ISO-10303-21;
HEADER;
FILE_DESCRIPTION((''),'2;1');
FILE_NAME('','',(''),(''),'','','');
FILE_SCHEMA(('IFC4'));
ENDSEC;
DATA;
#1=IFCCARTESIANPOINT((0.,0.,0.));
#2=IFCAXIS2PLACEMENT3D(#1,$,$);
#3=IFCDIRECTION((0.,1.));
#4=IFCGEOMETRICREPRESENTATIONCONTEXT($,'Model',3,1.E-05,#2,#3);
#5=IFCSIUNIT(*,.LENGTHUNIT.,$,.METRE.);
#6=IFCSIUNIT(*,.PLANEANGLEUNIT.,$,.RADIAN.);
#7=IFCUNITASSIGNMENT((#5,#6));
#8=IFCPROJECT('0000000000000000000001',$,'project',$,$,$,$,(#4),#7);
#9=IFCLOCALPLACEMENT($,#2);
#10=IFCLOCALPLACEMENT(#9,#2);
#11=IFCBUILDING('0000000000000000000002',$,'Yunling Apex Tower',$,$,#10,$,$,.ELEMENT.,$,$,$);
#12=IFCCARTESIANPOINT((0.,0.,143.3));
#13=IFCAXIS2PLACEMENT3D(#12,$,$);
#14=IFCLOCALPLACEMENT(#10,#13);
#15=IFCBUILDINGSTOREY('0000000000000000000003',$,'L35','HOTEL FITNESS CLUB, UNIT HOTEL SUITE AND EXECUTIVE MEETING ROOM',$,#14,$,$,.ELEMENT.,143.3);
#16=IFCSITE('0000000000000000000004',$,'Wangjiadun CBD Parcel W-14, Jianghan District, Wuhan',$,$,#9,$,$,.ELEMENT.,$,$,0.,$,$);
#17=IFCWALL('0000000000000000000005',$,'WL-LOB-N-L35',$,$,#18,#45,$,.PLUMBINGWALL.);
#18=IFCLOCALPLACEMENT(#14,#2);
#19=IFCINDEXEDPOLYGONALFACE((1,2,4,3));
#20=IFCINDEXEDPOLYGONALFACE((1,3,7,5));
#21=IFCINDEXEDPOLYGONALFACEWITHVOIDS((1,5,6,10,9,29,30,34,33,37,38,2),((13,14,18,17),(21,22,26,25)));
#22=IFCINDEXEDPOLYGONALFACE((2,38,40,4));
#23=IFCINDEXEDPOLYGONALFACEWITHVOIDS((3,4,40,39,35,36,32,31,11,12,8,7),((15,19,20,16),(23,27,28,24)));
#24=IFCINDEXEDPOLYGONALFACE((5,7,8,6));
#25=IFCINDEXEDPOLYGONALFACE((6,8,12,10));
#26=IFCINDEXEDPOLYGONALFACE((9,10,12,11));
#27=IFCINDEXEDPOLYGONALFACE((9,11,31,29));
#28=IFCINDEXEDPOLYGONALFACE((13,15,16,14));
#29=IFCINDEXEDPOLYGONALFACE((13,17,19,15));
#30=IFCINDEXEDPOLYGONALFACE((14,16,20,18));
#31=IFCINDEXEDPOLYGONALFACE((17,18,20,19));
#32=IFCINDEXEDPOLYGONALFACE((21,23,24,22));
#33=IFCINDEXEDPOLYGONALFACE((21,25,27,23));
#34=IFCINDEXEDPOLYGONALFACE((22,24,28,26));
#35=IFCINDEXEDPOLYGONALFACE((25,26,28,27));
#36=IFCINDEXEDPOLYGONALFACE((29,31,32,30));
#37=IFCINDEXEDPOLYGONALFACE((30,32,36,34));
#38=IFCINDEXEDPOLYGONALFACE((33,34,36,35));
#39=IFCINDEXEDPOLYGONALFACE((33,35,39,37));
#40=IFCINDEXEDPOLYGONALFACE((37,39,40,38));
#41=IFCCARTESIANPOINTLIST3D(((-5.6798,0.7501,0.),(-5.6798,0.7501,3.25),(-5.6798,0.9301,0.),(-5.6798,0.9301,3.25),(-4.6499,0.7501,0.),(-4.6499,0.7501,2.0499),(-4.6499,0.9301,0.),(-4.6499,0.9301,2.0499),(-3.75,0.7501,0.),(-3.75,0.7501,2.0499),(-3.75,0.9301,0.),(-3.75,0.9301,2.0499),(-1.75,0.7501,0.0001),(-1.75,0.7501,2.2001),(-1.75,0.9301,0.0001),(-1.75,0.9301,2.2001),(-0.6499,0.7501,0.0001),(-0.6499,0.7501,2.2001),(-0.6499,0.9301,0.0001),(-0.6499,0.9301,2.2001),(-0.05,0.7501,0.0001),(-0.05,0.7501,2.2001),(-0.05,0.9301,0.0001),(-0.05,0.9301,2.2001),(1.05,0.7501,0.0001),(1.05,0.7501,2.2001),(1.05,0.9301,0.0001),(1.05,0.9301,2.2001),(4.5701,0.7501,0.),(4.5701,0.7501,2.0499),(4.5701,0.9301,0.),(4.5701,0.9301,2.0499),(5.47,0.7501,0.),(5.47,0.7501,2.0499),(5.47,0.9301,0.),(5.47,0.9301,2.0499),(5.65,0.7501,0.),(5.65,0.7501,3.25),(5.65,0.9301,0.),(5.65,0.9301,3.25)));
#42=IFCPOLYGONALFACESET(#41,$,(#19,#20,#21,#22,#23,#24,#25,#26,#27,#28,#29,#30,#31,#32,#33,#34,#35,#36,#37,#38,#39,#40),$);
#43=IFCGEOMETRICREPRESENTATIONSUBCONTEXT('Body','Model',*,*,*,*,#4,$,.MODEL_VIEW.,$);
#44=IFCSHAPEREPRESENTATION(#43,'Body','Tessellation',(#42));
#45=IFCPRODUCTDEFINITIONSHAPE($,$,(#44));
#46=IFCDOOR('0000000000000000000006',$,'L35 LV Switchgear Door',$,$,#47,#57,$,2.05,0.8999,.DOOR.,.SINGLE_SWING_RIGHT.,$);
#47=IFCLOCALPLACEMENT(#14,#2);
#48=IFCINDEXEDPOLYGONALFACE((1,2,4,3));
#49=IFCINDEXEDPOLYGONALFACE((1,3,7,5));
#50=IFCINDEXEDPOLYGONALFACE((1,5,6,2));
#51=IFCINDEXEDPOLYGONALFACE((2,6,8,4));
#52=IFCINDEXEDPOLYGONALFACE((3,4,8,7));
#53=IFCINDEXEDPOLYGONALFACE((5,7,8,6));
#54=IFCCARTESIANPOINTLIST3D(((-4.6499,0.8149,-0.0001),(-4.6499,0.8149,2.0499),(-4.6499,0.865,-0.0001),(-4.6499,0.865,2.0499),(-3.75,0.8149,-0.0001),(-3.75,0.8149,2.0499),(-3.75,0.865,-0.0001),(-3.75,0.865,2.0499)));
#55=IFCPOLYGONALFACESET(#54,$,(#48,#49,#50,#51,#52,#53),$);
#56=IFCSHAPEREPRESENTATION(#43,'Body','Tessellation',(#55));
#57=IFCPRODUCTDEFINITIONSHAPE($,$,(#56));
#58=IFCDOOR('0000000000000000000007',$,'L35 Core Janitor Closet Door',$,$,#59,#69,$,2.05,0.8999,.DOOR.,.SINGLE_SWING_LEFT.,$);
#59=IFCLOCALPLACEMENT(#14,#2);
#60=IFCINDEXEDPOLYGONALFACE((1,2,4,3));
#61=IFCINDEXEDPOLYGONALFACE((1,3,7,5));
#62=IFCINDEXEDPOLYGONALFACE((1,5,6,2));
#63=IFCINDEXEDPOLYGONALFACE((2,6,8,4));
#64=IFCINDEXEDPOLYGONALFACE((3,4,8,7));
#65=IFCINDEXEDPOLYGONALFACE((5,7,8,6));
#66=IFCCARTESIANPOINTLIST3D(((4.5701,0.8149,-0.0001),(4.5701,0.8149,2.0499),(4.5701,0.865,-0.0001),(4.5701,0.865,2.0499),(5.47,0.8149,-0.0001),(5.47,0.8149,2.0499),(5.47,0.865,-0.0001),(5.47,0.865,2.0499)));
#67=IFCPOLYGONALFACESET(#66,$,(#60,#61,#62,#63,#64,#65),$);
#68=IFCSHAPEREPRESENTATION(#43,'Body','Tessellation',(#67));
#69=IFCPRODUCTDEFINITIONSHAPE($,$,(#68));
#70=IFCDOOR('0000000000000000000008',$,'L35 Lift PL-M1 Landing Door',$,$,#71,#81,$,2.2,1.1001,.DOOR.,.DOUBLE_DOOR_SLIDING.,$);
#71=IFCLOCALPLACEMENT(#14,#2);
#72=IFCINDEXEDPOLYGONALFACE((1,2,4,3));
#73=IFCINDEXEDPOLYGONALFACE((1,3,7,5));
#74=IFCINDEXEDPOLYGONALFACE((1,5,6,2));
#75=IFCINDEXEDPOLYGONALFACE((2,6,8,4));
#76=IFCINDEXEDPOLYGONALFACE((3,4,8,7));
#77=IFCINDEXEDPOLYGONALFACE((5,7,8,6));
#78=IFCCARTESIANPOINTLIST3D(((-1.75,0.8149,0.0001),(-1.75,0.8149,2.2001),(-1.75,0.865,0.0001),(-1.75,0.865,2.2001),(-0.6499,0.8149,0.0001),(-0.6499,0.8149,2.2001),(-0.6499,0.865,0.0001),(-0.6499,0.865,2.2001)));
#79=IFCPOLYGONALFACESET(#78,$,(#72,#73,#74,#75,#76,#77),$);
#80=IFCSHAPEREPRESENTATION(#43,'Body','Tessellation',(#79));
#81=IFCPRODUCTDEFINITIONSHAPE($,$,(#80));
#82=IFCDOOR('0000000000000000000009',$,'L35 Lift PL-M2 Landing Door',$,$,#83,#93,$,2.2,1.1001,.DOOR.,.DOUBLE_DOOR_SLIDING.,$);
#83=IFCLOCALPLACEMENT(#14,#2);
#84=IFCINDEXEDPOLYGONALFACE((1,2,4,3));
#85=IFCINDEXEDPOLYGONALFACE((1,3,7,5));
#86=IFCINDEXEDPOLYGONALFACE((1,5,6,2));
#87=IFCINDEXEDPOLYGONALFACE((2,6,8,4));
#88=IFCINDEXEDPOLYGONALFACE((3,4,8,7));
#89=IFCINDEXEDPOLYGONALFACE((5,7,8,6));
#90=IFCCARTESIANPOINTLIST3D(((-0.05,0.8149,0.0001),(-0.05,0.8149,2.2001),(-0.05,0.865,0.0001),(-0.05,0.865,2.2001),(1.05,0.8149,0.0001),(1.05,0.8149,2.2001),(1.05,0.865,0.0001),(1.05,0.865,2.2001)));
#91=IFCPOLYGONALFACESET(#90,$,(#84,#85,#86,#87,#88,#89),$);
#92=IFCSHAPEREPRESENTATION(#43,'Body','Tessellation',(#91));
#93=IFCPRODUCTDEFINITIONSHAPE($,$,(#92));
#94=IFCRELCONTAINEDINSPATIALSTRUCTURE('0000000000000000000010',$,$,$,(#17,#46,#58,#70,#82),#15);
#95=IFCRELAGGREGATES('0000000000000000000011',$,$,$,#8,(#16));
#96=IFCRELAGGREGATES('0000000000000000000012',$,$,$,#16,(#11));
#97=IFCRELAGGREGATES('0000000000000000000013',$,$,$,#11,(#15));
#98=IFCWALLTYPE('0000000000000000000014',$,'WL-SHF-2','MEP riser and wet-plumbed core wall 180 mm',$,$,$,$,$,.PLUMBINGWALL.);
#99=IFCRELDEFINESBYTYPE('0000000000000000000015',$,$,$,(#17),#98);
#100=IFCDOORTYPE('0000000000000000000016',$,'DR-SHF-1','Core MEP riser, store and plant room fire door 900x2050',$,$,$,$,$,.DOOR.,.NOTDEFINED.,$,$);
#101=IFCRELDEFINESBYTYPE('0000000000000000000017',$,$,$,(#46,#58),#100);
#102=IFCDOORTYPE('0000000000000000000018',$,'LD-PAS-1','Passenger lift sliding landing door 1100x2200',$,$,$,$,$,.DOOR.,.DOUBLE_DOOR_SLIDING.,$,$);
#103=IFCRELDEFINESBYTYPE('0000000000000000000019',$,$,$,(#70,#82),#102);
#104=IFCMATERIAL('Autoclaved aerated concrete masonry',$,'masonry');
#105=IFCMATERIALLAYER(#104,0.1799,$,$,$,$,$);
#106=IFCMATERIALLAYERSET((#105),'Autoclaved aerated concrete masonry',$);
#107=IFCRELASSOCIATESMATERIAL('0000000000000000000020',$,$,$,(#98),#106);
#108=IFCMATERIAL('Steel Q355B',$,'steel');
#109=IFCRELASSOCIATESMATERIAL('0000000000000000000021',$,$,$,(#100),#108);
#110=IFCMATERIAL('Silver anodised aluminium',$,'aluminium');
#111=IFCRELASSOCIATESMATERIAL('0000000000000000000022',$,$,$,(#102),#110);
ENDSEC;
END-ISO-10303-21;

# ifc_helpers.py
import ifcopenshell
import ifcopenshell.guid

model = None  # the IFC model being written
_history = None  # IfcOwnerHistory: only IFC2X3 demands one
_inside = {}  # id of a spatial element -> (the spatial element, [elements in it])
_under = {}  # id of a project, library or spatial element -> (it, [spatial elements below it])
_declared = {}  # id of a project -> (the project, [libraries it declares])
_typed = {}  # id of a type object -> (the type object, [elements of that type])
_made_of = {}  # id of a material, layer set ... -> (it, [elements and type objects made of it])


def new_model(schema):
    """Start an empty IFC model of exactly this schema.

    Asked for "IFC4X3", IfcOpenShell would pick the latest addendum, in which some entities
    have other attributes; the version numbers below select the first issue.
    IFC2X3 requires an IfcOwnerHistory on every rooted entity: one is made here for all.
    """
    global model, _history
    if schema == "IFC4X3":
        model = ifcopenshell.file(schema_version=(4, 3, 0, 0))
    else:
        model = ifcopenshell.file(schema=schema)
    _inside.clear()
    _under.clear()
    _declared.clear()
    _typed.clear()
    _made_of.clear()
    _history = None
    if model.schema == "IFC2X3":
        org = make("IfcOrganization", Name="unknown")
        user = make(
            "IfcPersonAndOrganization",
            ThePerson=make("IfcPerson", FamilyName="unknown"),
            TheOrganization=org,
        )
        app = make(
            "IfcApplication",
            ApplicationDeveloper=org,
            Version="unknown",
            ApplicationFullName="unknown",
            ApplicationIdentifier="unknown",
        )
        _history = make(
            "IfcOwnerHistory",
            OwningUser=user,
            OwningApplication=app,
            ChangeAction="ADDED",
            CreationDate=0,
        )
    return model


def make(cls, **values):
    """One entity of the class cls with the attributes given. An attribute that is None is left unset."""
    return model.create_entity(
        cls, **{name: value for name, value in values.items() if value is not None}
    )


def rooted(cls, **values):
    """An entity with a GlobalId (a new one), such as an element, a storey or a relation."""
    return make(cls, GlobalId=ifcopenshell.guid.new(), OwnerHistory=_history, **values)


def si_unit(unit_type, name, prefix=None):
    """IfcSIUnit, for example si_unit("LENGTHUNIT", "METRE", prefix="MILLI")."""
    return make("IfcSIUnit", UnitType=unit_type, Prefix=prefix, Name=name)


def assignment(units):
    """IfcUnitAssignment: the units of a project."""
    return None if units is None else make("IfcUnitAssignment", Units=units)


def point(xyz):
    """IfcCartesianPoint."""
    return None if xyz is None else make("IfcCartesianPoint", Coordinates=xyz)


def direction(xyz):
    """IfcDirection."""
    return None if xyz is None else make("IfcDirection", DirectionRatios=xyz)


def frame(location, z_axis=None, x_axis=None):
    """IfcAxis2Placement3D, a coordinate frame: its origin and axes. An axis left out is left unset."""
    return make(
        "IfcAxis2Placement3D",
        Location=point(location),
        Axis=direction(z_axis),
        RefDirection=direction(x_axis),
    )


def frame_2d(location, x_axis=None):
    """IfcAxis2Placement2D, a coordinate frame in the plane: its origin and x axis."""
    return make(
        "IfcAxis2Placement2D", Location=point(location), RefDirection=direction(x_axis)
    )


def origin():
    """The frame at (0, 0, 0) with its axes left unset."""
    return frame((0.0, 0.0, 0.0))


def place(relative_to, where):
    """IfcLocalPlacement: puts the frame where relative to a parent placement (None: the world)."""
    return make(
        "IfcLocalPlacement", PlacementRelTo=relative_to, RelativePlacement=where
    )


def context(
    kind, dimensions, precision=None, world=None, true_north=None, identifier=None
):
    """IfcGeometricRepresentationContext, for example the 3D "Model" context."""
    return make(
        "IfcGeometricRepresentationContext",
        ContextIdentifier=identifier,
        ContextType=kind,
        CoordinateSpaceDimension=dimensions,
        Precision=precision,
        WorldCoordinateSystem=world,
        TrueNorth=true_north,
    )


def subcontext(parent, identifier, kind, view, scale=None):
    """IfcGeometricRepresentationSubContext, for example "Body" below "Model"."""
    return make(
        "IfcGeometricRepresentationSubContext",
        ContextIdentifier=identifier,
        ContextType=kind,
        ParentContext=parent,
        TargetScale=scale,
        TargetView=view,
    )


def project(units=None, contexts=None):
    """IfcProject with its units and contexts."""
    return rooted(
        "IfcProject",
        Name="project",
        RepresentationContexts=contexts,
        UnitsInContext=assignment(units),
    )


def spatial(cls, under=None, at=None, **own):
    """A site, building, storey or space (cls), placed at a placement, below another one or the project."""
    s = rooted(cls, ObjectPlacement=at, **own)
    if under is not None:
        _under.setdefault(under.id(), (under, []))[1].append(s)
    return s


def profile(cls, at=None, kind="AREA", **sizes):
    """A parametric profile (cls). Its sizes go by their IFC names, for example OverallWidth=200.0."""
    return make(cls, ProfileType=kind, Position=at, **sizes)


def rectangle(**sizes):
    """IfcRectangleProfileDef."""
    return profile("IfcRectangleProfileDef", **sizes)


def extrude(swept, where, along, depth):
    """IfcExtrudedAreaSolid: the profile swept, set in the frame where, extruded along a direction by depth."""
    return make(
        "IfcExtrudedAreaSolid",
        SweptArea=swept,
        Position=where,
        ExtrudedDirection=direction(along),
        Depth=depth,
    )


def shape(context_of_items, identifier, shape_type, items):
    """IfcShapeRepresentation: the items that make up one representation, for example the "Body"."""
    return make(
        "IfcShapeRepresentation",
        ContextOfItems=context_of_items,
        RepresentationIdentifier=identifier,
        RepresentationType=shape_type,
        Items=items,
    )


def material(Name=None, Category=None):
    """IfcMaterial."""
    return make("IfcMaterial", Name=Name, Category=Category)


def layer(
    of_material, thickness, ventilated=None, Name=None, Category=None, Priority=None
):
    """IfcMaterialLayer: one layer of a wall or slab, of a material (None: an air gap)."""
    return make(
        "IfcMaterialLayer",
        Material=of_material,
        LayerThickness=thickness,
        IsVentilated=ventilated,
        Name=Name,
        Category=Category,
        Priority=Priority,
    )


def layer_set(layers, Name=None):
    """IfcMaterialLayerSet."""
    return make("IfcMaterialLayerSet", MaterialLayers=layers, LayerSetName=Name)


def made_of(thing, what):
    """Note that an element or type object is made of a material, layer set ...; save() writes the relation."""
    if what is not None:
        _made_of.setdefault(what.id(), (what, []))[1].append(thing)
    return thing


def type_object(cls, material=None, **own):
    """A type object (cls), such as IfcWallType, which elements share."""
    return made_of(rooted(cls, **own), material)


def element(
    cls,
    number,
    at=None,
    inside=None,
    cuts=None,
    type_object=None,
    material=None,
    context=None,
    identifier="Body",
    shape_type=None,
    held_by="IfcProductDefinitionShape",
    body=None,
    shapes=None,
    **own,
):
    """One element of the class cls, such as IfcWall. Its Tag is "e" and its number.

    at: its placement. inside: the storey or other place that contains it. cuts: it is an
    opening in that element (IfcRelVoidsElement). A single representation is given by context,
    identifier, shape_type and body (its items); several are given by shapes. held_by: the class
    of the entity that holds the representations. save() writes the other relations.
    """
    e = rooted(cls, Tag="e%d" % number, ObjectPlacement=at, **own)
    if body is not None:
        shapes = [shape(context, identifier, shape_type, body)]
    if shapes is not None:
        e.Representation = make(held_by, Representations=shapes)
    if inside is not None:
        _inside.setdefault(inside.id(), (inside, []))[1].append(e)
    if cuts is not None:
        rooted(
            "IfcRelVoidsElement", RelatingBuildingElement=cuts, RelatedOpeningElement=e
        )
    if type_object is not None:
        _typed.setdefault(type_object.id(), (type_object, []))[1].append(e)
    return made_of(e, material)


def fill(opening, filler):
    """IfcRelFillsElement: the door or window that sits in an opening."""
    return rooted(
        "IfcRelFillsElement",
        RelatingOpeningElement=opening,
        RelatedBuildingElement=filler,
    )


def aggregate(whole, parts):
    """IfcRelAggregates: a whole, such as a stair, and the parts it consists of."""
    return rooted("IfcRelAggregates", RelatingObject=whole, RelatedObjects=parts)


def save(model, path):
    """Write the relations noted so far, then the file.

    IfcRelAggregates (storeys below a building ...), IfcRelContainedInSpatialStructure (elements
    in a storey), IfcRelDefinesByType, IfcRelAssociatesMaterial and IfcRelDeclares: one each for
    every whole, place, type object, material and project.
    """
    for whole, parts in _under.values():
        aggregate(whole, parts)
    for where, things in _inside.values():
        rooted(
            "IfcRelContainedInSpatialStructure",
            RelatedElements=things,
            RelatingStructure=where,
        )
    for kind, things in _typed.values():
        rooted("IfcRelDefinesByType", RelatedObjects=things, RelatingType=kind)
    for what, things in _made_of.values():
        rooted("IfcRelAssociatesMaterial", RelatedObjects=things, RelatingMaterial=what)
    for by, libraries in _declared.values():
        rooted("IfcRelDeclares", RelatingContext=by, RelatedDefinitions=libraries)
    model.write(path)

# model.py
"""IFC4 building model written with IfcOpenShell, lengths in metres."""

from ifc_helpers import new_model, si_unit, direction, frame, frame_2d, origin, place, context, subcontext, project, spatial, rectangle, extrude, material, layer, layer_set, type_object, element, fill, save


model = new_model("IFC4")

# Units and contexts
model_context = context("Model", 3, precision=1e-05, world=origin(), true_north=direction((0.0, 1.0)))
body_context = subcontext(model_context, "Body", "Model", "MODEL_VIEW")
ifc_project = project(units=[si_unit("LENGTHUNIT", "METRE"), si_unit("PLANEANGLEUNIT", "RADIAN")], contexts=[model_context])

# Site, building, storey
site_placement = place(None, origin())
site = spatial("IfcSite", under=ifc_project, at=site_placement, Name="Wangjiadun CBD Parcel W-14, Jianghan District, Wuhan", CompositionType="ELEMENT", RefElevation=0.0)
building_placement = place(site_placement, origin())
building = spatial("IfcBuilding", under=site, at=building_placement, Name="Yunling Apex Tower", CompositionType="ELEMENT")
storey_placement = place(building_placement, frame((0.0, 0.0, 143.3)))
storey = spatial("IfcBuildingStorey", under=building, at=storey_placement, Name="L35", Description="HOTEL FITNESS CLUB, UNIT HOTEL SUITE AND EXECUTIVE MEETING ROOM", CompositionType="ELEMENT", Elevation=143.3)

# Shared definitions
ifc_material_1 = material(Name="Steel Q355B", Category="steel")

# Shared definitions
ifc_material_2 = material(Name="Autoclaved aerated concrete masonry", Category="masonry")

# Wall, openings, doors
ifc_layer_1 = layer(ifc_material_2, 0.1799)
ifc_layer_set_1 = layer_set([ifc_layer_1], Name="Autoclaved aerated concrete masonry")
wall_type_1 = type_object("IfcWallType", Name="WL-SHF-2", Description="MEP riser and wet-plumbed core wall 180 mm", PredefinedType="PLUMBINGWALL", material=ifc_layer_set_1)
wall_1_placement = place(storey_placement, frame((-5.6799, 0.8401, 0.0), z_axis=(0.0, 0.0, 1.0), x_axis=(1.0, 0.0, 0.0)))
wall_1 = element("IfcWall", 1, at=wall_1_placement, inside=storey, type_object=wall_type_1, Name="WL-LOB-N-L35", PredefinedType="PLUMBINGWALL", context=body_context, shape_type="SweptSolid", body=[
    extrude(rectangle(XDim=11.3298, YDim=0.1799, at=frame_2d((5.665, 0.0))), origin(), (0.0, 0.0, 1.0), 3.25),
])
opening_1_placement = place(wall_1_placement, frame((1.03, 0.0, 0.0)))
opening_1 = element("IfcOpeningElement", 2, at=opening_1_placement, cuts=wall_1, PredefinedType="OPENING", context=body_context, shape_type="SweptSolid", body=[
    extrude(rectangle(XDim=0.8999, YDim=2.05, at=frame_2d((0.45, 1.0249))), frame((0.0, 0.1001, 0.0), z_axis=(0.0, -1.0, 0.0), x_axis=(1.0, 0.0, 0.0)), (0.0, 0.0, 1.0), 0.2),
])
opening_2_placement = place(wall_1_placement, frame((3.9299, 0.0, 0.0)))
opening_2 = element("IfcOpeningElement", 3, at=opening_2_placement, cuts=wall_1, PredefinedType="OPENING", context=body_context, shape_type="SweptSolid", body=[
    extrude(rectangle(XDim=1.1001, YDim=2.2, at=frame_2d((0.55, 1.1001))), frame((0.0, 0.1001, 0.0), z_axis=(0.0, -1.0, 0.0), x_axis=(1.0, 0.0, 0.0)), (0.0, 0.0, 1.0), 0.2),
])
opening_3_placement = place(wall_1_placement, frame((5.6299, 0.0, 0.0)))
opening_3 = element("IfcOpeningElement", 4, at=opening_3_placement, cuts=wall_1, PredefinedType="OPENING", context=body_context, shape_type="SweptSolid", body=[
    extrude(rectangle(XDim=1.1001, YDim=2.2, at=frame_2d((0.55, 1.1001))), frame((0.0, 0.1001, 0.0), z_axis=(0.0, -1.0, 0.0), x_axis=(1.0, 0.0, 0.0)), (0.0, 0.0, 1.0), 0.2),
])
opening_4_placement = place(wall_1_placement, frame((10.25, 0.0, 0.0)))
opening_4 = element("IfcOpeningElement", 5, at=opening_4_placement, cuts=wall_1, PredefinedType="OPENING", context=body_context, shape_type="SweptSolid", body=[
    extrude(rectangle(XDim=0.8999, YDim=2.05, at=frame_2d((0.45, 1.0249))), frame((0.0, 0.1001, 0.0), z_axis=(0.0, -1.0, 0.0), x_axis=(1.0, 0.0, 0.0)), (0.0, 0.0, 1.0), 0.2),
])
door_type_1 = type_object("IfcDoorType", Name="DR-SHF-1", Description="Core MEP riser, store and plant room fire door 900x2050", OperationType="NOTDEFINED", PredefinedType="DOOR", material=ifc_material_1)
door_1_placement = place(opening_1_placement, origin())
door_1 = element("IfcDoor", 6, at=door_1_placement, inside=storey, type_object=door_type_1, Name="L35 LV Switchgear Door", OperationType="SINGLE_SWING_RIGHT", OverallHeight=2.05, OverallWidth=0.8999, PredefinedType="DOOR", context=body_context, shape_type="SweptSolid", body=[
    extrude(rectangle(XDim=0.8999, YDim=2.05, at=frame_2d((0.45, 1.0249))), frame((0.0, 0.0249, 0.0), z_axis=(0.0, -1.0, 0.0), x_axis=(1.0, 0.0, 0.0)), (0.0, 0.0, 1.0), 0.05),
])
fill(opening_1, door_1)
door_2_placement = place(opening_4_placement, origin())
door_2 = element("IfcDoor", 7, at=door_2_placement, inside=storey, type_object=door_type_1, Name="L35 Core Janitor Closet Door", OperationType="SINGLE_SWING_LEFT", OverallHeight=2.05, OverallWidth=0.8999, PredefinedType="DOOR", context=body_context, shape_type="SweptSolid", body=[
    extrude(rectangle(XDim=0.8999, YDim=2.05, at=frame_2d((0.45, 1.0249))), frame((0.0, 0.0249, 0.0), z_axis=(0.0, -1.0, 0.0), x_axis=(1.0, 0.0, 0.0)), (0.0, 0.0, 1.0), 0.05),
])
fill(opening_4, door_2)
ifc_material_3 = material(Name="Silver anodised aluminium", Category="aluminium")
door_type_2 = type_object("IfcDoorType", Name="LD-PAS-1", Description="Passenger lift sliding landing door 1100x2200", OperationType="DOUBLE_DOOR_SLIDING", PredefinedType="DOOR", material=ifc_material_3)
door_3_placement = place(opening_2_placement, origin())
door_3 = element("IfcDoor", 8, at=door_3_placement, inside=storey, type_object=door_type_2, Name="L35 Lift PL-M1 Landing Door", OperationType="DOUBLE_DOOR_SLIDING", OverallHeight=2.2, OverallWidth=1.1001, PredefinedType="DOOR", context=body_context, shape_type="SweptSolid", body=[
    extrude(rectangle(XDim=1.1001, YDim=2.2, at=frame_2d((0.55, 1.1001))), frame((0.0, 0.0249, 0.0), z_axis=(0.0, -1.0, 0.0), x_axis=(1.0, 0.0, 0.0)), (0.0, 0.0, 1.0), 0.05),
])
fill(opening_2, door_3)
door_4_placement = place(opening_3_placement, origin())
door_4 = element("IfcDoor", 9, at=door_4_placement, inside=storey, type_object=door_type_2, Name="L35 Lift PL-M2 Landing Door", OperationType="DOUBLE_DOOR_SLIDING", OverallHeight=2.2, OverallWidth=1.1001, PredefinedType="DOOR", context=body_context, shape_type="SweptSolid", body=[
    extrude(rectangle(XDim=1.1001, YDim=2.2, at=frame_2d((0.55, 1.1001))), frame((0.0, 0.0249, 0.0), z_axis=(0.0, -1.0, 0.0), x_axis=(1.0, 0.0, 0.0)), (0.0, 0.0, 1.0), 0.05),
])
fill(opening_3, door_4)

save(model, "model.ifc")
